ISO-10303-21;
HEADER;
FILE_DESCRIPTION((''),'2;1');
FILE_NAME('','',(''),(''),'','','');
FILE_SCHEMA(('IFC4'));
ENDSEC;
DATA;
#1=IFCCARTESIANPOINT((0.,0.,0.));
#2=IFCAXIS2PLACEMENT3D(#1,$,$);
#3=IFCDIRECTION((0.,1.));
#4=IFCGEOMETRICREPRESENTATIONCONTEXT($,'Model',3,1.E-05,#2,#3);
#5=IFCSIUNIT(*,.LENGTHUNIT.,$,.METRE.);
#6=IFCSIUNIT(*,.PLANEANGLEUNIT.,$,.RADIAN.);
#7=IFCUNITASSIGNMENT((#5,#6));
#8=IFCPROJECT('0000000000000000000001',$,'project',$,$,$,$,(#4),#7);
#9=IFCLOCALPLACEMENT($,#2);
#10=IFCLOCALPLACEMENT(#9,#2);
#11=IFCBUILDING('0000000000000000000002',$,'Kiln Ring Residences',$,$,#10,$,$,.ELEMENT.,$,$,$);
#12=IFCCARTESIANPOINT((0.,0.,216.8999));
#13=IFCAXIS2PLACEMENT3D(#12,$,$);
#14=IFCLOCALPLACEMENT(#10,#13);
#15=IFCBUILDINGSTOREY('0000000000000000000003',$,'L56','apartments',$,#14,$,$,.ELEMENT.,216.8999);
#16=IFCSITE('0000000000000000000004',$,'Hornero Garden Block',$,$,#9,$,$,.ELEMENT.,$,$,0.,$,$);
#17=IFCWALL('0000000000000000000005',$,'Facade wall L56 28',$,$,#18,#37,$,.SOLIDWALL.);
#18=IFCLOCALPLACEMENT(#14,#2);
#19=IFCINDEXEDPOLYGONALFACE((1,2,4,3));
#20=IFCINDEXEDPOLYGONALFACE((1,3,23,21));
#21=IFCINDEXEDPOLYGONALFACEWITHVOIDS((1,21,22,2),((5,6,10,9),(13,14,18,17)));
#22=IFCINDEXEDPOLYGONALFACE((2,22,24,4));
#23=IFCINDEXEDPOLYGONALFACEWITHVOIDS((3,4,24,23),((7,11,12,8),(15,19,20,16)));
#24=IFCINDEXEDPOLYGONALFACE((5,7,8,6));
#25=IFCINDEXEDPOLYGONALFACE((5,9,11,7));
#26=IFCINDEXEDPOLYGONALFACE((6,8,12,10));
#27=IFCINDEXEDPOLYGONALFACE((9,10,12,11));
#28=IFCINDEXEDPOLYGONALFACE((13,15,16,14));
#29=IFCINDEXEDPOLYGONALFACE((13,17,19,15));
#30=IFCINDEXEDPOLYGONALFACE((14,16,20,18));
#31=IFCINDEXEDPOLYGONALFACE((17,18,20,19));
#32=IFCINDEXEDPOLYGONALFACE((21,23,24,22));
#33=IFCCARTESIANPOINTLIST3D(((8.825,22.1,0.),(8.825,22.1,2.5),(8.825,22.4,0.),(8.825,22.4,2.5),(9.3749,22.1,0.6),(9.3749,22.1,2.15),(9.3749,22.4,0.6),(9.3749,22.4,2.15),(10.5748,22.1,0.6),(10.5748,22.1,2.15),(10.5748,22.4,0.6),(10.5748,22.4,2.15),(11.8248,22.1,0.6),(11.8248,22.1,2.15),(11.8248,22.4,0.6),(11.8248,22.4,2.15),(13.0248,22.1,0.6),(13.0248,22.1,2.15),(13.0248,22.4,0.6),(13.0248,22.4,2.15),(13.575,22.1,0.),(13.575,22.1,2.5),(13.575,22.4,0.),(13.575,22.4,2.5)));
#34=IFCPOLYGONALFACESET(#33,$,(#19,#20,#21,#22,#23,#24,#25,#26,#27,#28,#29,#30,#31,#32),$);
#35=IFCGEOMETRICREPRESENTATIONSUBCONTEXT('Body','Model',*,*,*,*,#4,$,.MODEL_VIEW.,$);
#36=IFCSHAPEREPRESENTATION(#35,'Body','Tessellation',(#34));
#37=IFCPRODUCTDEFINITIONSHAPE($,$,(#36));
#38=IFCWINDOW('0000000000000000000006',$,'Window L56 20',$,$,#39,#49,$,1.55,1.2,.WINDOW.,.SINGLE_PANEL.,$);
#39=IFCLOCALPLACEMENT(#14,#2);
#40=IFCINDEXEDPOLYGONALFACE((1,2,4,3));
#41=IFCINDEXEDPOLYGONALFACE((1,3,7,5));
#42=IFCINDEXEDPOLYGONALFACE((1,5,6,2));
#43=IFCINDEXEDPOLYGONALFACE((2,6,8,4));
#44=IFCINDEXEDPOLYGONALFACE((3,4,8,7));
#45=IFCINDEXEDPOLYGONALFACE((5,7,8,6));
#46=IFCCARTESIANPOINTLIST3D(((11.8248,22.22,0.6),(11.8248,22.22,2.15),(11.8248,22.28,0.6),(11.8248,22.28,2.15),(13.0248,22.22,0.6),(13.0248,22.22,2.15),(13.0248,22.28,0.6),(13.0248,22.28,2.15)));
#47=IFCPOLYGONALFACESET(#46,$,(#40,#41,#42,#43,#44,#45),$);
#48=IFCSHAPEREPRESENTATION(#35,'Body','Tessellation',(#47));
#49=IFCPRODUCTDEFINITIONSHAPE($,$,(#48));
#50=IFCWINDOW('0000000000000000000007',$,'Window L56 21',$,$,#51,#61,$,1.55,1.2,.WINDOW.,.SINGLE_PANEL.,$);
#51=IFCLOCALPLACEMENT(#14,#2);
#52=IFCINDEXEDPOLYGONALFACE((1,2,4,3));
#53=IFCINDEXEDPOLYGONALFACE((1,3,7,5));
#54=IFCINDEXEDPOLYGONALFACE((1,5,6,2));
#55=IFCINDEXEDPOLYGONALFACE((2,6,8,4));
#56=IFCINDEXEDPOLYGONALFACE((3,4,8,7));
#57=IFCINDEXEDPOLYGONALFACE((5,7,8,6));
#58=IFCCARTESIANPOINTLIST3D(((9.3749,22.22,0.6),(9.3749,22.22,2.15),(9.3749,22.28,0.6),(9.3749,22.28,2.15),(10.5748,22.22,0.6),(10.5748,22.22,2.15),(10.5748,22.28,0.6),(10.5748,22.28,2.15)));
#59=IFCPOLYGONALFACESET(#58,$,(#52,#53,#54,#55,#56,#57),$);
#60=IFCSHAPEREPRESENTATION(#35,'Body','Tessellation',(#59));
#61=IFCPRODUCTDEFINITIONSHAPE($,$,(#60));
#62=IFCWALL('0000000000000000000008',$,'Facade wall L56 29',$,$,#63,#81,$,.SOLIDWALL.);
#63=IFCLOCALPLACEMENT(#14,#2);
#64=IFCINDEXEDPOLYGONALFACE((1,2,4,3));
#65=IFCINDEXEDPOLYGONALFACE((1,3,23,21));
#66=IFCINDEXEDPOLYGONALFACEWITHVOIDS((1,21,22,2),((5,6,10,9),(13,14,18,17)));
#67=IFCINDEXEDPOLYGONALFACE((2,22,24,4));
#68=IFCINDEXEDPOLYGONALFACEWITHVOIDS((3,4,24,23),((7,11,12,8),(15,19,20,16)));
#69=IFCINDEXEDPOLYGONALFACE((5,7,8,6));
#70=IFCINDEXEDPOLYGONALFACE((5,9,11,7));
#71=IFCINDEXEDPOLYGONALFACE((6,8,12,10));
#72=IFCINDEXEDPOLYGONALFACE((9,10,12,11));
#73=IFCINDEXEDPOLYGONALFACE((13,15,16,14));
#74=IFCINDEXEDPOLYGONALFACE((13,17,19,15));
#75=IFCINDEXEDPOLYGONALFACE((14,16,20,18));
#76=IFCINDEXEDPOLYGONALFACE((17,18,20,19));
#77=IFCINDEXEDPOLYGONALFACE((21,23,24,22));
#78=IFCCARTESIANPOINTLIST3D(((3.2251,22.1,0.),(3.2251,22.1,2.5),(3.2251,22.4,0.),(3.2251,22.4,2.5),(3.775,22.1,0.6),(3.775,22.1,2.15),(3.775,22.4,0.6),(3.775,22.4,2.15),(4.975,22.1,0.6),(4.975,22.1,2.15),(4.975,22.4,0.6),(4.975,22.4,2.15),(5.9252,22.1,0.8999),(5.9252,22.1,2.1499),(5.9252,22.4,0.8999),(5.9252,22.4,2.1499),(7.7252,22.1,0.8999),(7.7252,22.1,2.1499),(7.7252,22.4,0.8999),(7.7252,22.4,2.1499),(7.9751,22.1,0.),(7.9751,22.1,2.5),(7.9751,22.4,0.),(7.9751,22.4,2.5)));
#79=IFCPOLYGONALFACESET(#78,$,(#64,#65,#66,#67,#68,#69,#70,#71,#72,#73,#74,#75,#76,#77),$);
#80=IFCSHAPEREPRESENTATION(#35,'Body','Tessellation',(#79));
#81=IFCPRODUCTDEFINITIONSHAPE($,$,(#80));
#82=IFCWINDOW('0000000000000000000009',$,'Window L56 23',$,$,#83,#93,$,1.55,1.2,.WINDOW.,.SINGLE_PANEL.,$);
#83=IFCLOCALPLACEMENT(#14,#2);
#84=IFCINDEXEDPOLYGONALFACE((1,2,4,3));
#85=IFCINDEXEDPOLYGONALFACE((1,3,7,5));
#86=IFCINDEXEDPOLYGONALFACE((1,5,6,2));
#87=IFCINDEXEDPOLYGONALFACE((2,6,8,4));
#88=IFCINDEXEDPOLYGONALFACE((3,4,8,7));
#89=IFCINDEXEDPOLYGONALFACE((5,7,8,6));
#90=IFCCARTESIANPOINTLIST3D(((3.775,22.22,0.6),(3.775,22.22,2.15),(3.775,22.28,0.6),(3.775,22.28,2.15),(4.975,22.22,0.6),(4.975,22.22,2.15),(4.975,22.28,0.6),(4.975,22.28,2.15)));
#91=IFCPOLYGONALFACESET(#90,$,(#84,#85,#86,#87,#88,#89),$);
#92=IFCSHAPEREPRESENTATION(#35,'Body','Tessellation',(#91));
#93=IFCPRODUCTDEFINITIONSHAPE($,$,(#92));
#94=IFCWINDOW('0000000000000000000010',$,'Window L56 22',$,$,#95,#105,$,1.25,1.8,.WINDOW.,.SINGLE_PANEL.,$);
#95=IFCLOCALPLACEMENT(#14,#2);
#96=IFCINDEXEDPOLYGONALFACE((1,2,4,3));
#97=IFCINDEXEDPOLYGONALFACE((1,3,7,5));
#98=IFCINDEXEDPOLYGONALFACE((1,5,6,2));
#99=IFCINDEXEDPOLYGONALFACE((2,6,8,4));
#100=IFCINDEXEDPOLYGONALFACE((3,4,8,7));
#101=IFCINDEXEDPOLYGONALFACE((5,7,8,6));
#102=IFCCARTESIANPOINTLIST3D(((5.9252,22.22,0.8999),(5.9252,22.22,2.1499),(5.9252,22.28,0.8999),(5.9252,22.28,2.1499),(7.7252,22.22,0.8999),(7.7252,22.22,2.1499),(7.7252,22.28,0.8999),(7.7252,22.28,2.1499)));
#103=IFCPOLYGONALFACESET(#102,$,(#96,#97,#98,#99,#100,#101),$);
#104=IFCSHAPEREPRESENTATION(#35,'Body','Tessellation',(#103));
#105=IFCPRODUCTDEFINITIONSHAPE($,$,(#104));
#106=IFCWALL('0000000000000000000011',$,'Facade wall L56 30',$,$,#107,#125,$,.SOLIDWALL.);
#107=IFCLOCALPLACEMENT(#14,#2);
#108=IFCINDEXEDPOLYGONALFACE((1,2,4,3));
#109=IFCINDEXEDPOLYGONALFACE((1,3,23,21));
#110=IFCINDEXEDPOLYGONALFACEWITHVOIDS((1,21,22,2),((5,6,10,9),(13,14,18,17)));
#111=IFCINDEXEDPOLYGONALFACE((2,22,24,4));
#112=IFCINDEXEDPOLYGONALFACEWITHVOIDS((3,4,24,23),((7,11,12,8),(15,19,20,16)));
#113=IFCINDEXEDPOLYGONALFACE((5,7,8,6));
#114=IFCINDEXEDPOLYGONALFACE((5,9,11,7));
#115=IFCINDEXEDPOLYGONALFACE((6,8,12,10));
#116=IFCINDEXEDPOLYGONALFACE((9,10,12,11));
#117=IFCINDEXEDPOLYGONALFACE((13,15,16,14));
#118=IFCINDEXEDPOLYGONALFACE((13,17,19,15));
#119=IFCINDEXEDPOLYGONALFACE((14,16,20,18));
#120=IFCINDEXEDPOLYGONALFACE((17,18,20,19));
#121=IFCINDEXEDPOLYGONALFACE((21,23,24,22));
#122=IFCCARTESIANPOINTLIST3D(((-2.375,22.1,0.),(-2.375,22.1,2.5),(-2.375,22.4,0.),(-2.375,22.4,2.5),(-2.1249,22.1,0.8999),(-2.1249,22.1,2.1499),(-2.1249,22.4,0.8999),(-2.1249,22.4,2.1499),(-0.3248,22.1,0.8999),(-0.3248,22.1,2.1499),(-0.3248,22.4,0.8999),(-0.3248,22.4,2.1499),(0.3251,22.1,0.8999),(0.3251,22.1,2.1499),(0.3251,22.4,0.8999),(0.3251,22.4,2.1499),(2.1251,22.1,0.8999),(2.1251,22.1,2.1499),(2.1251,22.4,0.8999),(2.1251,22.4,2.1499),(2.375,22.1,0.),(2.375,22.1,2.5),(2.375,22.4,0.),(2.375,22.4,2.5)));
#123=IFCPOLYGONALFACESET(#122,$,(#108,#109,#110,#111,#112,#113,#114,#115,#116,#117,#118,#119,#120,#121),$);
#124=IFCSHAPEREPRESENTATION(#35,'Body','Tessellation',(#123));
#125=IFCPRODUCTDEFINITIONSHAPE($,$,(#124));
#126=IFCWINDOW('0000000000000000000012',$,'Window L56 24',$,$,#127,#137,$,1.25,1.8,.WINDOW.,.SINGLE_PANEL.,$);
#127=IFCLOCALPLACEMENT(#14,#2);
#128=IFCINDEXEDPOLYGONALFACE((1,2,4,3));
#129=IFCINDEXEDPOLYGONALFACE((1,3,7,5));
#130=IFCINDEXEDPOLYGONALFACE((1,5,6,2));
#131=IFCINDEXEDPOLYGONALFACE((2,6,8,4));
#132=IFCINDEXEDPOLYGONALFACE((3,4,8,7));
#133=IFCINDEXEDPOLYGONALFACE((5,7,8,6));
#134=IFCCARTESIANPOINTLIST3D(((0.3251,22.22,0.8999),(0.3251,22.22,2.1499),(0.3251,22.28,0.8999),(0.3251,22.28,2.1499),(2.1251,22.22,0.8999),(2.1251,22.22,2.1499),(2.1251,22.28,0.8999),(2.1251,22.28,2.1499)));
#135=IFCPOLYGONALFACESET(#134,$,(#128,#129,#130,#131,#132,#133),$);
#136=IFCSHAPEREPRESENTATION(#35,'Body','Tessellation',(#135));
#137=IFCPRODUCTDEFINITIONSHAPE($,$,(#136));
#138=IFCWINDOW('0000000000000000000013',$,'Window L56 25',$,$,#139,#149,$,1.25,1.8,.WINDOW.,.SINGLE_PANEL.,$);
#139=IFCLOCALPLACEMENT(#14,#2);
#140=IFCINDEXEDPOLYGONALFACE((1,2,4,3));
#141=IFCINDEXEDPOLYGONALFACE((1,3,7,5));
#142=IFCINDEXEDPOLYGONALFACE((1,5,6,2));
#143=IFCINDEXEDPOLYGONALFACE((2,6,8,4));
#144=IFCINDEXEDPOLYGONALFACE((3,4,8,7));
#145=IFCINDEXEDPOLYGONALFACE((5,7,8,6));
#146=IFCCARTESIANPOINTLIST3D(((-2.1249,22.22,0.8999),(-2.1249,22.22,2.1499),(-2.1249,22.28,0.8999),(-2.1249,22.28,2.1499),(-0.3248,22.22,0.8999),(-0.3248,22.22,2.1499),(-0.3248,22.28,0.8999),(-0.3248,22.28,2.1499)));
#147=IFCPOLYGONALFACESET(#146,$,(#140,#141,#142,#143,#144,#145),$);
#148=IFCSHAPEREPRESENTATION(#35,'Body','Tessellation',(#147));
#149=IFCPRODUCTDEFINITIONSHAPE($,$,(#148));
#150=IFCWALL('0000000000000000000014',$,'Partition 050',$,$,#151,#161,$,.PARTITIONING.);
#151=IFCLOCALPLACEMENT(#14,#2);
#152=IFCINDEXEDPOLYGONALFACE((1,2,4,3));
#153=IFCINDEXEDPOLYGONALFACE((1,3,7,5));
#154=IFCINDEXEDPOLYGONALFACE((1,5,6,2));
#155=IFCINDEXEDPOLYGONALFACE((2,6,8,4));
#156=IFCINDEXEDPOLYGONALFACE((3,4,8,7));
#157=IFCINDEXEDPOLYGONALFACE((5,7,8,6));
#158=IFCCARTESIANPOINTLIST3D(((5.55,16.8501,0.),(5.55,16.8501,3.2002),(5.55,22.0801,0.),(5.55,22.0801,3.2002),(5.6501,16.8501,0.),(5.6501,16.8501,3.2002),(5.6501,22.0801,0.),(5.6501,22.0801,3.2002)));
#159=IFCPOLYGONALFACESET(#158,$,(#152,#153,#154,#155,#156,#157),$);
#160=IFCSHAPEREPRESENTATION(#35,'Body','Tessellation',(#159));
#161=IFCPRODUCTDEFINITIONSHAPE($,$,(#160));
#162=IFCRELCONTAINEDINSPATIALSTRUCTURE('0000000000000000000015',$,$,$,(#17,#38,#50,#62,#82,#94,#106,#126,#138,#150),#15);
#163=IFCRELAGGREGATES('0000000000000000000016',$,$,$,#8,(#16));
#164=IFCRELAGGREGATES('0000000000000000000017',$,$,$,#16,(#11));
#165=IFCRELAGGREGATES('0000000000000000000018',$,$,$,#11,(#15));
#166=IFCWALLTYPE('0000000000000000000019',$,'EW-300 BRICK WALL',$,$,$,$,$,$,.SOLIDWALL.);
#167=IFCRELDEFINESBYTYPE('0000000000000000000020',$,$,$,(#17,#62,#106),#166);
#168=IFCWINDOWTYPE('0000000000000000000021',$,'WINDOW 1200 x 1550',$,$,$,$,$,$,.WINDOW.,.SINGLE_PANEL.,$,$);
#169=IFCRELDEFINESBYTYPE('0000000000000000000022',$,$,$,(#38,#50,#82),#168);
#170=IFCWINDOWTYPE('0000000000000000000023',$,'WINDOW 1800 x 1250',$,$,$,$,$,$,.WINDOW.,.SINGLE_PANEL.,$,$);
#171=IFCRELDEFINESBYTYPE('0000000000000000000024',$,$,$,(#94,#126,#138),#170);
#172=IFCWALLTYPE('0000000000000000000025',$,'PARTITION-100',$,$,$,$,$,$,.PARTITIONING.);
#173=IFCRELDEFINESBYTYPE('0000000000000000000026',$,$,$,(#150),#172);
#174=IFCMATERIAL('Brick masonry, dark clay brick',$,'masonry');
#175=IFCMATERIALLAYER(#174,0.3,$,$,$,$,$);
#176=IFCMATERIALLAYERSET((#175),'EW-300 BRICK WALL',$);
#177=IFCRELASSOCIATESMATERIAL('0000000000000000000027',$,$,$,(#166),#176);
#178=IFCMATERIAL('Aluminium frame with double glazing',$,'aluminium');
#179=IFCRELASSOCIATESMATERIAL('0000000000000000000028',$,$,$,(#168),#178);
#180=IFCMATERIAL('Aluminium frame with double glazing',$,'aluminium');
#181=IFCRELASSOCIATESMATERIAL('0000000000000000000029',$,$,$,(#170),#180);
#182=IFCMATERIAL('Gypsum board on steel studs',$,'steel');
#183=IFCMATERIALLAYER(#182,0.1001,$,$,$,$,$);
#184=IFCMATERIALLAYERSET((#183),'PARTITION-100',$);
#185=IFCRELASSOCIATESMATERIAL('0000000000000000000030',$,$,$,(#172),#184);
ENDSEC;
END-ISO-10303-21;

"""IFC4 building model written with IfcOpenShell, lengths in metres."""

from ifc_helpers import new_model, si_unit, direction, frame, frame_2d, origin, place, context, subcontext, project, spatial, rectangle, extrude, material, layer, layer_set, type_object, element, fill, save


model = new_model("IFC4")

# Units and contexts
model_context = context("Model", 3, precision=1e-05, world=origin(), true_north=direction((0.0, 1.0)))
body_context = subcontext(model_context, "Body", "Model", "MODEL_VIEW")
ifc_project = project(units=[si_unit("LENGTHUNIT", "METRE"), si_unit("PLANEANGLEUNIT", "RADIAN")], contexts=[model_context])

# Site, building, storey
site_placement = place(None, origin())
site = spatial("IfcSite", under=ifc_project, at=site_placement, Name="Hornero Garden Block", CompositionType="ELEMENT", RefElevation=0.0)
building_placement = place(site_placement, origin())
building = spatial("IfcBuilding", under=site, at=building_placement, Name="Kiln Ring Residences", CompositionType="ELEMENT")
storey_placement = place(building_placement, frame((0.0, 0.0, 216.8999)))
storey = spatial("IfcBuildingStorey", under=building, at=storey_placement, Name="L56", Description="apartments", CompositionType="ELEMENT", Elevation=216.8999)

# Shared definitions
ifc_material_1 = material(Name="Brick masonry, dark clay brick", Category="masonry")
ifc_layer_1 = layer(ifc_material_1, 0.3)
ifc_layer_set_1 = layer_set([ifc_layer_1], Name="EW-300 BRICK WALL")
wall_type_1 = type_object("IfcWallType", Name="EW-300 BRICK WALL", PredefinedType="SOLIDWALL", material=ifc_layer_set_1)
ifc_material_2 = material(Name="Aluminium frame with double glazing", Category="aluminium")
window_type_1 = type_object("IfcWindowType", Name="WINDOW 1200 x 1550", PartitioningType="SINGLE_PANEL", PredefinedType="WINDOW", material=ifc_material_2)

# Walls, openings, windows
wall_1_placement = place(storey_placement, frame((13.575, 22.25, 0.0), z_axis=(0.0, 0.0, 1.0), x_axis=(-1.0, 0.0, 0.0)))
wall_1 = element("IfcWall", 1, at=wall_1_placement, inside=storey, type_object=wall_type_1, Name="Facade wall L56 28", PredefinedType="SOLIDWALL", context=body_context, shape_type="SweptSolid", body=[
    extrude(rectangle(XDim=4.75, YDim=0.3, at=frame_2d((2.375, 0.0))), origin(), (0.0, 0.0, 1.0), 2.5),
])
opening_1_placement = place(wall_1_placement, frame((0.55, 0.0, 0.6001)))
opening_1 = element("IfcOpeningElement", 2, at=opening_1_placement, cuts=wall_1, PredefinedType="OPENING", context=body_context, shape_type="SweptSolid", body=[
    extrude(rectangle(XDim=1.2, YDim=1.55, at=frame_2d((0.6001, 0.7749))), frame((0.0, 0.1599, 0.0), z_axis=(0.0, -1.0, 0.0), x_axis=(1.0, 0.0, 0.0)), (0.0, 0.0, 1.0), 0.3201),
])
opening_2_placement = place(wall_1_placement, frame((3.0, 0.0, 0.6001)))
opening_2 = element("IfcOpeningElement", 3, at=opening_2_placement, cuts=wall_1, PredefinedType="OPENING", context=body_context, shape_type="SweptSolid", body=[
    extrude(rectangle(XDim=1.2, YDim=1.55, at=frame_2d((0.6001, 0.7749))), frame((0.0, 0.1599, 0.0), z_axis=(0.0, -1.0, 0.0), x_axis=(1.0, 0.0, 0.0)), (0.0, 0.0, 1.0), 0.3201),
])
window_1_placement = place(opening_1_placement, origin())
window_1 = element("IfcWindow", 4, at=window_1_placement, inside=storey, type_object=window_type_1, Name="Window L56 20", OverallHeight=1.55, OverallWidth=1.2, PartitioningType="SINGLE_PANEL", PredefinedType="WINDOW", context=body_context, shape_type="SweptSolid", body=[
    extrude(rectangle(XDim=1.2, YDim=1.55, at=frame_2d((0.6001, 0.7749))), frame((0.0, 0.03, 0.0), z_axis=(0.0, -1.0, 0.0), x_axis=(1.0, 0.0, 0.0)), (0.0, 0.0, 1.0), 0.0601),
])
fill(opening_1, window_1)
window_2_placement = place(opening_2_placement, origin())
window_2 = element("IfcWindow", 5, at=window_2_placement, inside=storey, type_object=window_type_1, Name="Window L56 21", OverallHeight=1.55, OverallWidth=1.2, PartitioningType="SINGLE_PANEL", PredefinedType="WINDOW", context=body_context, shape_type="SweptSolid", body=[
    extrude(rectangle(XDim=1.2, YDim=1.55, at=frame_2d((0.6001, 0.7749))), frame((0.0, 0.03, 0.0), z_axis=(0.0, -1.0, 0.0), x_axis=(1.0, 0.0, 0.0)), (0.0, 0.0, 1.0), 0.0601),
])
fill(opening_2, window_2)
wall_2_placement = place(storey_placement, frame((7.9751, 22.25, 0.0), z_axis=(0.0, 0.0, 1.0), x_axis=(-1.0, 0.0, 0.0)))
wall_2 = element("IfcWall", 6, at=wall_2_placement, inside=storey, type_object=wall_type_1, Name="Facade wall L56 29", PredefinedType="SOLIDWALL", context=body_context, shape_type="SweptSolid", body=[
    extrude(rectangle(XDim=4.75, YDim=0.3, at=frame_2d((2.375, 0.0))), origin(), (0.0, 0.0, 1.0), 2.5),
])
opening_3_placement = place(wall_2_placement, frame((0.25, 0.0, 0.8999)))
opening_3 = element("IfcOpeningElement", 7, at=opening_3_placement, cuts=wall_2, PredefinedType="OPENING", context=body_context, shape_type="SweptSolid", body=[
    extrude(rectangle(XDim=1.8, YDim=1.25, at=frame_2d((0.8999, 0.625))), frame((0.0, 0.1599, 0.0), z_axis=(0.0, -1.0, 0.0), x_axis=(1.0, 0.0, 0.0)), (0.0, 0.0, 1.0), 0.3201),
])
opening_4_placement = place(wall_2_placement, frame((3.0, 0.0, 0.6001)))
opening_4 = element("IfcOpeningElement", 8, at=opening_4_placement, cuts=wall_2, PredefinedType="OPENING", context=body_context, shape_type="SweptSolid", body=[
    extrude(rectangle(XDim=1.2, YDim=1.55, at=frame_2d((0.6001, 0.7749))), frame((0.0, 0.1599, 0.0), z_axis=(0.0, -1.0, 0.0), x_axis=(1.0, 0.0, 0.0)), (0.0, 0.0, 1.0), 0.3201),
])
window_3_placement = place(opening_4_placement, origin())
window_3 = element("IfcWindow", 9, at=window_3_placement, inside=storey, type_object=window_type_1, Name="Window L56 23", OverallHeight=1.55, OverallWidth=1.2, PartitioningType="SINGLE_PANEL", PredefinedType="WINDOW", context=body_context, shape_type="SweptSolid", body=[
    extrude(rectangle(XDim=1.2, YDim=1.55, at=frame_2d((0.6001, 0.7749))), frame((0.0, 0.03, 0.0), z_axis=(0.0, -1.0, 0.0), x_axis=(1.0, 0.0, 0.0)), (0.0, 0.0, 1.0), 0.0601),
])
fill(opening_4, window_3)
ifc_material_3 = material(Name="Aluminium frame with double glazing", Category="aluminium")
window_type_2 = type_object("IfcWindowType", Name="WINDOW 1800 x 1250", PartitioningType="SINGLE_PANEL", PredefinedType="WINDOW", material=ifc_material_3)
window_4_placement = place(opening_3_placement, origin())
window_4 = element("IfcWindow", 10, at=window_4_placement, inside=storey, type_object=window_type_2, Name="Window L56 22", OverallHeight=1.25, OverallWidth=1.8, PartitioningType="SINGLE_PANEL", PredefinedType="WINDOW", context=body_context, shape_type="SweptSolid", body=[
    extrude(rectangle(XDim=1.8, YDim=1.25, at=frame_2d((0.8999, 0.625))), frame((0.0, 0.03, 0.0), z_axis=(0.0, -1.0, 0.0), x_axis=(1.0, 0.0, 0.0)), (0.0, 0.0, 1.0), 0.0601),
])
fill(opening_3, window_4)
wall_3_placement = place(storey_placement, frame((2.375, 22.25, 0.0), z_axis=(0.0, 0.0, 1.0), x_axis=(-1.0, 0.0, 0.0)))
wall_3 = element("IfcWall", 11, at=wall_3_placement, inside=storey, type_object=wall_type_1, Name="Facade wall L56 30", PredefinedType="SOLIDWALL", context=body_context, shape_type="SweptSolid", body=[
    extrude(rectangle(XDim=4.75, YDim=0.3, at=frame_2d((2.375, 0.0))), origin(), (0.0, 0.0, 1.0), 2.5),
])
opening_5_placement = place(wall_3_placement, frame((0.25, 0.0, 0.8999)))
opening_5 = element("IfcOpeningElement", 12, at=opening_5_placement, cuts=wall_3, PredefinedType="OPENING", context=body_context, shape_type="SweptSolid", body=[
    extrude(rectangle(XDim=1.8, YDim=1.25, at=frame_2d((0.8999, 0.625))), frame((0.0, 0.1599, 0.0), z_axis=(0.0, -1.0, 0.0), x_axis=(1.0, 0.0, 0.0)), (0.0, 0.0, 1.0), 0.3201),
])
opening_6_placement = place(wall_3_placement, frame((2.7, 0.0, 0.8999)))
opening_6 = element("IfcOpeningElement", 13, at=opening_6_placement, cuts=wall_3, PredefinedType="OPENING", context=body_context, shape_type="SweptSolid", body=[
    extrude(rectangle(XDim=1.8, YDim=1.25, at=frame_2d((0.8999, 0.625))), frame((0.0, 0.1599, 0.0), z_axis=(0.0, -1.0, 0.0), x_axis=(1.0, 0.0, 0.0)), (0.0, 0.0, 1.0), 0.3201),
])
window_5_placement = place(opening_5_placement, origin())
window_5 = element("IfcWindow", 14, at=window_5_placement, inside=storey, type_object=window_type_2, Name="Window L56 24", OverallHeight=1.25, OverallWidth=1.8, PartitioningType="SINGLE_PANEL", PredefinedType="WINDOW", context=body_context, shape_type="SweptSolid", body=[
    extrude(rectangle(XDim=1.8, YDim=1.25, at=frame_2d((0.8999, 0.625))), frame((0.0, 0.03, 0.0), z_axis=(0.0, -1.0, 0.0), x_axis=(1.0, 0.0, 0.0)), (0.0, 0.0, 1.0), 0.0601),
])
fill(opening_5, window_5)
window_6_placement = place(opening_6_placement, origin())
window_6 = element("IfcWindow", 15, at=window_6_placement, inside=storey, type_object=window_type_2, Name="Window L56 25", OverallHeight=1.25, OverallWidth=1.8, PartitioningType="SINGLE_PANEL", PredefinedType="WINDOW", context=body_context, shape_type="SweptSolid", body=[
    extrude(rectangle(XDim=1.8, YDim=1.25, at=frame_2d((0.8999, 0.625))), frame((0.0, 0.03, 0.0), z_axis=(0.0, -1.0, 0.0), x_axis=(1.0, 0.0, 0.0)), (0.0, 0.0, 1.0), 0.0601),
])
fill(opening_6, window_6)

# Wall
ifc_material_4 = material(Name="Gypsum board on steel studs", Category="steel")
ifc_layer_2 = layer(ifc_material_4, 0.1001)
ifc_layer_set_2 = layer_set([ifc_layer_2], Name="PARTITION-100")
wall_type_2 = type_object("IfcWallType", Name="PARTITION-100", PredefinedType="PARTITIONING", material=ifc_layer_set_2)
wall_4_placement = place(storey_placement, frame((5.6001, 16.8501, 0.0), z_axis=(0.0, 0.0, 1.0), x_axis=(0.0, 1.0, 0.0)))
element("IfcWall", 16, at=wall_4_placement, inside=storey, type_object=wall_type_2, Name="Partition 050", PredefinedType="PARTITIONING", context=body_context, shape_type="SweptSolid", body=[
    extrude(rectangle(XDim=5.23, YDim=0.1001, at=frame_2d((2.615, 0.0))), origin(), (0.0, 0.0, 1.0), 3.2002),
])

save(model, "model.ifc")
